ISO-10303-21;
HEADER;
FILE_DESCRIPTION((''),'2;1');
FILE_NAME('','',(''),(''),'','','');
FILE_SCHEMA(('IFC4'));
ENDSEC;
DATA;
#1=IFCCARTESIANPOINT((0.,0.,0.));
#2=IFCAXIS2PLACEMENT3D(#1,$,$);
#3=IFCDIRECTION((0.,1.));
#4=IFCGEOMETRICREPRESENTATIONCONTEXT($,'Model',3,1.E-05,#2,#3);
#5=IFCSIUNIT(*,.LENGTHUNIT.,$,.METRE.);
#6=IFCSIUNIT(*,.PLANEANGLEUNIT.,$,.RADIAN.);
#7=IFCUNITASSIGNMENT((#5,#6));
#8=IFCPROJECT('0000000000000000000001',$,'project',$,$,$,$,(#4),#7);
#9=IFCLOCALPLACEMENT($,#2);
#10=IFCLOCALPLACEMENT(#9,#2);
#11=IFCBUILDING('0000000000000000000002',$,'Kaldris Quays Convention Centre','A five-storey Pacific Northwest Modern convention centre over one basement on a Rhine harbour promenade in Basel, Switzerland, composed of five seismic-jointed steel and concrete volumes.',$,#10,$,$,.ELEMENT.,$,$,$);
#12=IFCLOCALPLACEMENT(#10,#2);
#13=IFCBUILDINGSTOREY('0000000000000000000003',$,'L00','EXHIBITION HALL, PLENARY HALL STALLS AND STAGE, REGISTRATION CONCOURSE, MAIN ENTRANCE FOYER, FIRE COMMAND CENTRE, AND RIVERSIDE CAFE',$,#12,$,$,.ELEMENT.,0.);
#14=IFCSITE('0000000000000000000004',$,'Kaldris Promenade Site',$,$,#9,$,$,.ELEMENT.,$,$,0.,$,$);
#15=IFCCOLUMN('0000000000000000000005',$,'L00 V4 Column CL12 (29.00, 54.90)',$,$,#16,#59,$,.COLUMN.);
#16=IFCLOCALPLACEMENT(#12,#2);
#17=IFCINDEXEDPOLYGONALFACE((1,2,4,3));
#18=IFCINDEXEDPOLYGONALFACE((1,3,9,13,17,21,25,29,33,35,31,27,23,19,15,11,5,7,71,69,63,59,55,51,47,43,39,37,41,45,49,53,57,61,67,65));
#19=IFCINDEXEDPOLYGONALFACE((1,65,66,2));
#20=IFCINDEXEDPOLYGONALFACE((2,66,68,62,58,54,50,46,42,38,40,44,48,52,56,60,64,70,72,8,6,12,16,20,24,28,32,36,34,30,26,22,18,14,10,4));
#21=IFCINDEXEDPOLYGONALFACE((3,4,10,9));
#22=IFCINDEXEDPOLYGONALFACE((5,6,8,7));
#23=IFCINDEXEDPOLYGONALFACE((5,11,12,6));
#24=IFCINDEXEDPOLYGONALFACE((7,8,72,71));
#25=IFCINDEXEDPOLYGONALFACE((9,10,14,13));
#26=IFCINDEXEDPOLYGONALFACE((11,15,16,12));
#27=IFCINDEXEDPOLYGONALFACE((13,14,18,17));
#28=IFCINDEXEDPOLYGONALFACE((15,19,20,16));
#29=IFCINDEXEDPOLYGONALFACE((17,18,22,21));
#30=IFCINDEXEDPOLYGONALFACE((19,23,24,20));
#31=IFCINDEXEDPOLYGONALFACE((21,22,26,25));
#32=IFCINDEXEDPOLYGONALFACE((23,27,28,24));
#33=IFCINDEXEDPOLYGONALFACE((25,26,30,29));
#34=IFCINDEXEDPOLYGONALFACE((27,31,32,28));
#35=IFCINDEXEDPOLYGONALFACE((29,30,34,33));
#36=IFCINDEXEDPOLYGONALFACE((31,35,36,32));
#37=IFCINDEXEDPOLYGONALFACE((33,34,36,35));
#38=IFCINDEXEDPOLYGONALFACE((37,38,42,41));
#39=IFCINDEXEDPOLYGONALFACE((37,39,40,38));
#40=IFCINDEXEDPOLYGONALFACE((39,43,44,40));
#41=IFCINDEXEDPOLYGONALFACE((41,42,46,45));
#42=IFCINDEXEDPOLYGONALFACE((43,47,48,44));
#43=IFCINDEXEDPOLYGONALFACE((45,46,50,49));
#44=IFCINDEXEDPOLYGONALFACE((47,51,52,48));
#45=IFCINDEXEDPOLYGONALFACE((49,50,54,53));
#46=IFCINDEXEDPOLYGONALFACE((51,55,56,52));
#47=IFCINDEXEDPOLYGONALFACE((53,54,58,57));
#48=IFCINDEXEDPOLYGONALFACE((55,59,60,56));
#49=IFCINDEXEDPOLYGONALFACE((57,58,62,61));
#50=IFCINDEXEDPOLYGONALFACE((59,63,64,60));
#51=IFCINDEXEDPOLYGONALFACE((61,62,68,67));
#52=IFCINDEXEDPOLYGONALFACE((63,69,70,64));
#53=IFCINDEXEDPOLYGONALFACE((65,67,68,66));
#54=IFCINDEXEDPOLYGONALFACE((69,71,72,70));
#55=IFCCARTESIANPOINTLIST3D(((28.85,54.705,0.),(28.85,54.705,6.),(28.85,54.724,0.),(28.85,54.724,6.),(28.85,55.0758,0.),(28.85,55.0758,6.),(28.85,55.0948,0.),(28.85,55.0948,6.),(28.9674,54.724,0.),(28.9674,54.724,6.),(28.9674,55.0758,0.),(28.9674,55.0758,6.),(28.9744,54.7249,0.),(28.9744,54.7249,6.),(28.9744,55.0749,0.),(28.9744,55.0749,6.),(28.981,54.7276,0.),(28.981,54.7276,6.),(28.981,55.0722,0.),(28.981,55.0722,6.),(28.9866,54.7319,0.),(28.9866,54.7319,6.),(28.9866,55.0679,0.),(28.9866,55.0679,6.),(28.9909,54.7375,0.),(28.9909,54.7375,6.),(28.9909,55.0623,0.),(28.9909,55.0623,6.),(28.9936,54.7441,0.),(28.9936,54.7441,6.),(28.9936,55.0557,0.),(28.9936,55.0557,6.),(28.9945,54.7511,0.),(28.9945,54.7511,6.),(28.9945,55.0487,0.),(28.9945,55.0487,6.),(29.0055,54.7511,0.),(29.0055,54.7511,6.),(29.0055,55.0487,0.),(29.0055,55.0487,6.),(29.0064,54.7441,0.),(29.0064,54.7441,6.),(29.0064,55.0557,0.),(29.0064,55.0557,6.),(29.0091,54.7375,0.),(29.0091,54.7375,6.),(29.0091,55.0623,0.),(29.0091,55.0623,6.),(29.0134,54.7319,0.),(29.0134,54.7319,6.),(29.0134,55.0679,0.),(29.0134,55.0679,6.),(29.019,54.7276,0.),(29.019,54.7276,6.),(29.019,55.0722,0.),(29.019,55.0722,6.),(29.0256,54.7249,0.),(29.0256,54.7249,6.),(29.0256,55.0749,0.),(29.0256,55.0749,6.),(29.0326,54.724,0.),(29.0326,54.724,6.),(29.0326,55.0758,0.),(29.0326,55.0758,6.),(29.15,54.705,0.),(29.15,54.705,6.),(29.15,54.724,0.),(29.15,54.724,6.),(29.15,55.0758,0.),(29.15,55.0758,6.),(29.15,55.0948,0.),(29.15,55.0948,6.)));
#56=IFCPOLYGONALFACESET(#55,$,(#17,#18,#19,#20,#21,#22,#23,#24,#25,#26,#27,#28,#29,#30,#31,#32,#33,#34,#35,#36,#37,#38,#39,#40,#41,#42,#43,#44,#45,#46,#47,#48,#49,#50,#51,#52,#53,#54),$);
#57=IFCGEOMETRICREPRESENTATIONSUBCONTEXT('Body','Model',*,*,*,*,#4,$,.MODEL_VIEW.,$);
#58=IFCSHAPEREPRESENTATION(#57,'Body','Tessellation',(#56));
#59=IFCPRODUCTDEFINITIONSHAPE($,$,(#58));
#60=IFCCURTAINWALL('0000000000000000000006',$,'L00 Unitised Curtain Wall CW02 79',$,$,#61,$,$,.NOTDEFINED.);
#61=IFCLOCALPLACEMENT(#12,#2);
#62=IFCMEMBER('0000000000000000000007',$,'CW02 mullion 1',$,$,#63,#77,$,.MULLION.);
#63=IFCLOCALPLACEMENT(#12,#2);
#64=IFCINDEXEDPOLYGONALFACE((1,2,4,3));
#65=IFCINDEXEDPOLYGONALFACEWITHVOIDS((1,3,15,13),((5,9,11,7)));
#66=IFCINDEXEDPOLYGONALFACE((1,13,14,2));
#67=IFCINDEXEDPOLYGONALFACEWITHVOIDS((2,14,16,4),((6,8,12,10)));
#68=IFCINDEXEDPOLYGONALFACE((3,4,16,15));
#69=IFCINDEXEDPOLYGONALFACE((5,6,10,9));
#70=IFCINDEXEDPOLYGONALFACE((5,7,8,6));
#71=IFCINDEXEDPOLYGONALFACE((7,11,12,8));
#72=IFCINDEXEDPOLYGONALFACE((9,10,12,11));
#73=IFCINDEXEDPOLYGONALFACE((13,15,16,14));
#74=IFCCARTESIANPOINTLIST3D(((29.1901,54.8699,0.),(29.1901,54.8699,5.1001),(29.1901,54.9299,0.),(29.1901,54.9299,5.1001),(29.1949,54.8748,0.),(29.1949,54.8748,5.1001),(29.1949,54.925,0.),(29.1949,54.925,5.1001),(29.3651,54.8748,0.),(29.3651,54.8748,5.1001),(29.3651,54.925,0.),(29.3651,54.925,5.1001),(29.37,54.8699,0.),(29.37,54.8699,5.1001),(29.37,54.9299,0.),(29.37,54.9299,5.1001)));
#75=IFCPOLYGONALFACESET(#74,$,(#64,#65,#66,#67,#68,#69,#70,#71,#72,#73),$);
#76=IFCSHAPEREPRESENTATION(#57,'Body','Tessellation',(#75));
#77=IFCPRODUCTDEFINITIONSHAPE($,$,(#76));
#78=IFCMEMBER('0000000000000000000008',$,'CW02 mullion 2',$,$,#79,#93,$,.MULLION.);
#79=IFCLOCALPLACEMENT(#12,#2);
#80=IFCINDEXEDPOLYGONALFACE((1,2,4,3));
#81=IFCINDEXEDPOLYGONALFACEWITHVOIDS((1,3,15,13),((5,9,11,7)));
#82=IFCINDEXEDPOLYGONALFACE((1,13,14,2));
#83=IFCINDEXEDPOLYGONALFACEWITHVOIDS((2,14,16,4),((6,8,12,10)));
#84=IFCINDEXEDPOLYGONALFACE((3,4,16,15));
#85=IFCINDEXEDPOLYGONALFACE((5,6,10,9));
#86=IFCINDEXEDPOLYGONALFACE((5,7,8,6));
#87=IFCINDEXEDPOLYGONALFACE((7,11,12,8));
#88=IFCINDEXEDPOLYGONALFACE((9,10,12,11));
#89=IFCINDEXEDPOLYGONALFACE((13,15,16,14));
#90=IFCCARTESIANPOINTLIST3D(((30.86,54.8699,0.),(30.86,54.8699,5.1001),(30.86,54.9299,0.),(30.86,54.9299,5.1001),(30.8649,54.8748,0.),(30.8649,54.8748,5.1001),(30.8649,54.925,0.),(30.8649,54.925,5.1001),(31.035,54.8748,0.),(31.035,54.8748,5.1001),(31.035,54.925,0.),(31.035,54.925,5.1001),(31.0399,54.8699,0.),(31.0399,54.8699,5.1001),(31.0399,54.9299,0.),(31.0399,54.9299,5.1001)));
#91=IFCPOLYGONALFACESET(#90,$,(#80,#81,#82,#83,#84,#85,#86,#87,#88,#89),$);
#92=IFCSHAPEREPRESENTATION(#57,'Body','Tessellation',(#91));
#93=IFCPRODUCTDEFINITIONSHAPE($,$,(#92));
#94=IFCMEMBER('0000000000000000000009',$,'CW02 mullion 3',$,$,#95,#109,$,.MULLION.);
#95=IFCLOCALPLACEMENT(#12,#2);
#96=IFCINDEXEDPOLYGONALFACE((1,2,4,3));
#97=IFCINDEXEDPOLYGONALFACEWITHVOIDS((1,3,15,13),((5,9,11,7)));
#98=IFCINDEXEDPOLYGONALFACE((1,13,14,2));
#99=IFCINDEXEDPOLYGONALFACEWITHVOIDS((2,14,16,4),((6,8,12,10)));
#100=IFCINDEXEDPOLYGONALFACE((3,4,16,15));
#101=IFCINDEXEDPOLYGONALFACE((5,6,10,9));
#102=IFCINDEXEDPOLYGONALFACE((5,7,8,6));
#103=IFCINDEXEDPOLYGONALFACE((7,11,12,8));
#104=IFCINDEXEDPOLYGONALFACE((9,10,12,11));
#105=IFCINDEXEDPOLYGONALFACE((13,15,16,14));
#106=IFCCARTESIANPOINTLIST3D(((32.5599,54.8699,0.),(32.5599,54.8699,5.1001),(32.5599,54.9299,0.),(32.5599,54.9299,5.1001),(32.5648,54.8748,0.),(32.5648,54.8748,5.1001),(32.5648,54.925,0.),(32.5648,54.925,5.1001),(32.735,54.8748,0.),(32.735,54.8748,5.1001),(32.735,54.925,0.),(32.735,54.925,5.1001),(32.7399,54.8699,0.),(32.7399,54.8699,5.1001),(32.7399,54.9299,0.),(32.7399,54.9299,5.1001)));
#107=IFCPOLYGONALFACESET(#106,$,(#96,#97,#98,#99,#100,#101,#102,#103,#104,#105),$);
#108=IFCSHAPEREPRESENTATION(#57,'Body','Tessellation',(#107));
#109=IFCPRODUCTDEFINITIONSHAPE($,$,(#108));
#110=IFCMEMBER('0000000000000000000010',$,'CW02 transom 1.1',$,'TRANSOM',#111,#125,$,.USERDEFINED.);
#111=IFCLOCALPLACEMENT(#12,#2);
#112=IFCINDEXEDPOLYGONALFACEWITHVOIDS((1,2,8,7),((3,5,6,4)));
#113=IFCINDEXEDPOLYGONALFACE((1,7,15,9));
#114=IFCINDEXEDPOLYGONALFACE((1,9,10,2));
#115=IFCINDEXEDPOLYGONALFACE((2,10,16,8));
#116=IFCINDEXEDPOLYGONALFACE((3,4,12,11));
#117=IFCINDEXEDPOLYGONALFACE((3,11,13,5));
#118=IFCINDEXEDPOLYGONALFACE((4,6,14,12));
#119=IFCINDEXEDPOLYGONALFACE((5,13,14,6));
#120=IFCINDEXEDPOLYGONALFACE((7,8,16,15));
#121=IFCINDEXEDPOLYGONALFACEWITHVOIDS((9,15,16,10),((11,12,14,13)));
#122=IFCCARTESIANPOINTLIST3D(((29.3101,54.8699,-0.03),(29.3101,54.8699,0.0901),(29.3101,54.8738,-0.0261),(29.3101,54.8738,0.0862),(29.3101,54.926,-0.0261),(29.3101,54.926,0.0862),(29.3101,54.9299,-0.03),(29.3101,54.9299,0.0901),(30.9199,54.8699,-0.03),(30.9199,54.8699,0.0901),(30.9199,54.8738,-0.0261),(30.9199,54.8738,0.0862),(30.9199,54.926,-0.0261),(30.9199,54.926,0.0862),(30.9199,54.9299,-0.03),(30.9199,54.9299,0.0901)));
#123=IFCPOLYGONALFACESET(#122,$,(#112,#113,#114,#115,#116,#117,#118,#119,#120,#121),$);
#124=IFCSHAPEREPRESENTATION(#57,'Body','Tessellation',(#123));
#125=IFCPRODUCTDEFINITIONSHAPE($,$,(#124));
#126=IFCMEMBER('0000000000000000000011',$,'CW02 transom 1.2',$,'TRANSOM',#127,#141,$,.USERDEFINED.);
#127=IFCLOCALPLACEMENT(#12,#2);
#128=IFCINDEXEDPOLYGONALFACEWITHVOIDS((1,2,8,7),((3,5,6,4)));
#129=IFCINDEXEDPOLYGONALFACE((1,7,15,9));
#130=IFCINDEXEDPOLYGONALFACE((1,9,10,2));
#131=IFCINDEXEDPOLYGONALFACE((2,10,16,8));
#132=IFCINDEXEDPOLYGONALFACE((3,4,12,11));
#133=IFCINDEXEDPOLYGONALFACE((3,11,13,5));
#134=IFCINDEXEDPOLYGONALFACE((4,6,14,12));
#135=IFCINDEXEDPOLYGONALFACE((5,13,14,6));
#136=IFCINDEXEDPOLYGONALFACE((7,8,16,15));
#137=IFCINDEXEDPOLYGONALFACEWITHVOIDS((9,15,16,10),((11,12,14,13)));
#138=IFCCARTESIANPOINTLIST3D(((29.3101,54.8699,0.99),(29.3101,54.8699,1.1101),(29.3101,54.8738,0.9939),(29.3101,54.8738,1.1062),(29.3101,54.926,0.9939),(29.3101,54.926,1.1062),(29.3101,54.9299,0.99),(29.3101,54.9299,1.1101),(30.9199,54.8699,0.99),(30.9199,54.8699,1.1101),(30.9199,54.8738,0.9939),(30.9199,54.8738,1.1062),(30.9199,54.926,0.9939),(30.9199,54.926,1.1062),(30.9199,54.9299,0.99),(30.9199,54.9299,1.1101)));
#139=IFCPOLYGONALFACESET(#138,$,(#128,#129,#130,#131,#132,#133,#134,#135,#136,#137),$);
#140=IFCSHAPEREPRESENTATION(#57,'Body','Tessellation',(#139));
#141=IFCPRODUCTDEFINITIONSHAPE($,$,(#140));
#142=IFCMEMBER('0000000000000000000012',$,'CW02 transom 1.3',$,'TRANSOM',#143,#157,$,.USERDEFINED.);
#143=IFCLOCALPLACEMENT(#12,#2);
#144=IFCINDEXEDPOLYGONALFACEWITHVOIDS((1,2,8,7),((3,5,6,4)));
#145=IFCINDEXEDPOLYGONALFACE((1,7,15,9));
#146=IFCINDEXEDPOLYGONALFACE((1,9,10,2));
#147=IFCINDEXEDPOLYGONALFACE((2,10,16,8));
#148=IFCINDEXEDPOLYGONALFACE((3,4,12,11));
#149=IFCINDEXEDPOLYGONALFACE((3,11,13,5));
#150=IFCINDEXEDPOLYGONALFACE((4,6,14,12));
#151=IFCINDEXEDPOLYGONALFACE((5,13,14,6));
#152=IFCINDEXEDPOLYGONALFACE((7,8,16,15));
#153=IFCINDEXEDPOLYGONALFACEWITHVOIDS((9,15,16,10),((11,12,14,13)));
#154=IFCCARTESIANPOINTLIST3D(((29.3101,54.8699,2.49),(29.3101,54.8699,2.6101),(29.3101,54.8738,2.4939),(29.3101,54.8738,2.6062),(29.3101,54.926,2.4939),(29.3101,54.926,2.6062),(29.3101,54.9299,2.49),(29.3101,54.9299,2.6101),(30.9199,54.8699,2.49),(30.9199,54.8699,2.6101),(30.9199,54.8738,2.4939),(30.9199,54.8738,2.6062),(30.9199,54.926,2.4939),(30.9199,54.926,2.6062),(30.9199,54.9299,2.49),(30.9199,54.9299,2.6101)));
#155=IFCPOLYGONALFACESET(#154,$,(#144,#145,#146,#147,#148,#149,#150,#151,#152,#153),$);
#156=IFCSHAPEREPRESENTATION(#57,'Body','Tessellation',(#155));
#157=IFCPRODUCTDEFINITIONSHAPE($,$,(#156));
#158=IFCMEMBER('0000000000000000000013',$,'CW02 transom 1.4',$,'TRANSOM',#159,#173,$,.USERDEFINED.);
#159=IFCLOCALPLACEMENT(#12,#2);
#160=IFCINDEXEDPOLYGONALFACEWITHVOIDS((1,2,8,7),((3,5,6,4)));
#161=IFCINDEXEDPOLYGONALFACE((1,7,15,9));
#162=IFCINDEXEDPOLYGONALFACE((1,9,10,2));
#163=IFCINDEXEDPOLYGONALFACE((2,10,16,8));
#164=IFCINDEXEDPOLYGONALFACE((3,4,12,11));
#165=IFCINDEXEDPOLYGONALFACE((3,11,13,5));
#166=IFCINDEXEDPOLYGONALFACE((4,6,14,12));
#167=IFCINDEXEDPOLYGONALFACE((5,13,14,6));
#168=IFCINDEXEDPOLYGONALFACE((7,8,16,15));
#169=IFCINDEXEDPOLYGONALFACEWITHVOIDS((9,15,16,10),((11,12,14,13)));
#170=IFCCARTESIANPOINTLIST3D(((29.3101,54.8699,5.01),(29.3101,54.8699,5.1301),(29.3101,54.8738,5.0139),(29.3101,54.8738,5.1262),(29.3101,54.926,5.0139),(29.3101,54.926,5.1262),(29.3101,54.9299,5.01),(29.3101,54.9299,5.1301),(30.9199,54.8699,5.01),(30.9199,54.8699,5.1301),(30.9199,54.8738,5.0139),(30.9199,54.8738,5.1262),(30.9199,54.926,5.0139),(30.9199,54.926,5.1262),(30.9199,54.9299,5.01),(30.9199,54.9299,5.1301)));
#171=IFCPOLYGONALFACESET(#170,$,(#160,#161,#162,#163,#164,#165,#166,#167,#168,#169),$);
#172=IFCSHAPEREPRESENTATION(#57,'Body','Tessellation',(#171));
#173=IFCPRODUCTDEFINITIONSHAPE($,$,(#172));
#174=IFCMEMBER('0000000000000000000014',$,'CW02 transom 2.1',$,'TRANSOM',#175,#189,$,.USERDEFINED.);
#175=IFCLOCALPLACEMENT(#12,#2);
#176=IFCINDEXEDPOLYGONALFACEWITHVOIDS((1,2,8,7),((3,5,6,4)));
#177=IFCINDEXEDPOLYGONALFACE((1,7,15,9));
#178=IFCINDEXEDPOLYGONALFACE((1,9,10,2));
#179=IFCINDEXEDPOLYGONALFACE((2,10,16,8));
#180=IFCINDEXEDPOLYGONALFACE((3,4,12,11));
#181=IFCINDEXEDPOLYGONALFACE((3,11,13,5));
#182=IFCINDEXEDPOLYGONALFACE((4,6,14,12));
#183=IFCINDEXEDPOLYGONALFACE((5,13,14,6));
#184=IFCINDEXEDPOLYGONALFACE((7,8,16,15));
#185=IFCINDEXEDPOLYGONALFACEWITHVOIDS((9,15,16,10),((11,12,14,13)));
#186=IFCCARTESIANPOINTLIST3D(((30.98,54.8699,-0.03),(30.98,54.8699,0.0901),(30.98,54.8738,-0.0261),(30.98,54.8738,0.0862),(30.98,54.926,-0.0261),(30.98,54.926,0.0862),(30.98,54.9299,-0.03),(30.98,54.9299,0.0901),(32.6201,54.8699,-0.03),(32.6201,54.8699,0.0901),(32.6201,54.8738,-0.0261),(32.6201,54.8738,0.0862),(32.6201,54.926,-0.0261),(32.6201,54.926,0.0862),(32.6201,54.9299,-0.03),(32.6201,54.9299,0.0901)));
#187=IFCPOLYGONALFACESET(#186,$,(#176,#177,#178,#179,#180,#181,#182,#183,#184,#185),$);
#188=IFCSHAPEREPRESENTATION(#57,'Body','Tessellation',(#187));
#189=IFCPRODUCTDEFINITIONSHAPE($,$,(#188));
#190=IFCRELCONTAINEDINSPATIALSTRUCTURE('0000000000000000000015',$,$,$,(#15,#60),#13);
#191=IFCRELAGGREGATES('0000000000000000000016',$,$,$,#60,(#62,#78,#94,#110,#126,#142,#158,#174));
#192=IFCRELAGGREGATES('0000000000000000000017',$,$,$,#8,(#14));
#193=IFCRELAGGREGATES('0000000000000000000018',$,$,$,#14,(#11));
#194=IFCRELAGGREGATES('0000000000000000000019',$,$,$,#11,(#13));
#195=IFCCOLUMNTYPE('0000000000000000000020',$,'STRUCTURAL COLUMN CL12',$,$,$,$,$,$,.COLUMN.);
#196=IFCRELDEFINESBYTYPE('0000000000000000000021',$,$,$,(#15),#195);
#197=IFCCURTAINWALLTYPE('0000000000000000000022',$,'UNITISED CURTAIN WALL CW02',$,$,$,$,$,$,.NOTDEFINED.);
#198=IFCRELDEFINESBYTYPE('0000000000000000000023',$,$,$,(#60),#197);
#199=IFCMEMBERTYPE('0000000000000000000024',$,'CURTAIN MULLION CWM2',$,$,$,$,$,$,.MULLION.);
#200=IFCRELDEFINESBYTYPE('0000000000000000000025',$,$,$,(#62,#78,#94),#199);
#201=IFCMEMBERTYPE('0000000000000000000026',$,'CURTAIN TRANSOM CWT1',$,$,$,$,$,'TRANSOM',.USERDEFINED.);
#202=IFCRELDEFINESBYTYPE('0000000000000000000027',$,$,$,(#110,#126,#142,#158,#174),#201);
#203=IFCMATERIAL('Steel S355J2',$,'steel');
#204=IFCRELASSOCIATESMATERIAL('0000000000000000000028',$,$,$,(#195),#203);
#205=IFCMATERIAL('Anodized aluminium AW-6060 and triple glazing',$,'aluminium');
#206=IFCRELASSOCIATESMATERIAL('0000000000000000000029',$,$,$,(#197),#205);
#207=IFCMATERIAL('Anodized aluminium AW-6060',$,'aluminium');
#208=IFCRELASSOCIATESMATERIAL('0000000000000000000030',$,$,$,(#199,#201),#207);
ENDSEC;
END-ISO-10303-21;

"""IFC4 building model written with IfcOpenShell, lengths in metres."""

from ifc_helpers import new_model, si_unit, direction, frame, origin, origin_2d, place, context, subcontext, project, spatial, hollow_rectangle, i_section, extrude, material, material_profile, profile_set, type_object, element, aggregate, save


model = new_model("IFC4")

# Units and contexts
model_context = context("Model", 3, precision=1e-05, world=origin(), true_north=direction((0.0, 1.0)))
body_context = subcontext(model_context, "Body", "Model", "MODEL_VIEW")
ifc_project = project(units=[si_unit("LENGTHUNIT", "METRE"), si_unit("PLANEANGLEUNIT", "RADIAN")], contexts=[model_context])

# Site, building, storey
site_placement = place(None, origin())
site = spatial("IfcSite", under=ifc_project, at=site_placement, Name="Kaldris Promenade Site", CompositionType="ELEMENT", RefElevation=0.0)
building_placement = place(site_placement, origin())
building = spatial("IfcBuilding", under=site, at=building_placement, Name="Kaldris Quays Convention Centre", Description="A five-storey Pacific Northwest Modern convention centre over one basement on a Rhine harbour promenade in Basel, Switzerland, composed of five seismic-jointed steel and concrete volumes.", CompositionType="ELEMENT")
storey_placement = place(building_placement, origin())
storey = spatial("IfcBuildingStorey", under=building, at=storey_placement, Name="L00", Description="EXHIBITION HALL, PLENARY HALL STALLS AND STAGE, REGISTRATION CONCOURSE, MAIN ENTRANCE FOYER, FIRE COMMAND CENTRE, AND RIVERSIDE CAFE", CompositionType="ELEMENT", Elevation=0.0)

# Column
ifc_material_1 = material(Name="Steel S355J2", Category="steel")
ifc_material_profile_1 = material_profile(ifc_material_1, i_section(OverallWidth=0.3, OverallDepth=0.3899, WebThickness=0.011, FlangeThickness=0.019, FilletRadius=0.0271, at=origin_2d()), Name="HEA 400")
ifc_profile_set_1 = profile_set([ifc_material_profile_1], Name="Steel S355J2")
column_type = type_object("IfcColumnType", Name="STRUCTURAL COLUMN CL12", PredefinedType="COLUMN", material=ifc_profile_set_1)
column_placement = place(storey_placement, frame((29.0, 54.8999, 0.0), z_axis=(0.0, 0.0, 1.0), x_axis=(1.0, 0.0, 0.0)))
element("IfcColumn", 1, at=column_placement, inside=storey, type_object=column_type, Name="L00 V4 Column CL12 (29.00, 54.90)", PredefinedType="COLUMN", context=body_context, shape_type="SweptSolid", body=[
    extrude(i_section(OverallWidth=0.3, OverallDepth=0.3899, WebThickness=0.011, FlangeThickness=0.019, FilletRadius=0.0271, at=origin_2d()), origin(), (0.0, 0.0, 1.0), 6.0),
])

# Curtain wall, members
ifc_material_2 = material(Name="Anodized aluminium AW-6060 and triple glazing", Category="aluminium")
curtain_wall_type = type_object("IfcCurtainWallType", Name="UNITISED CURTAIN WALL CW02", PredefinedType="NOTDEFINED", material=ifc_material_2)
curtain_wall_placement = place(storey_placement, origin())
curtain_wall = element("IfcCurtainWall", 2, at=curtain_wall_placement, inside=storey, type_object=curtain_wall_type, Name="L00 Unitised Curtain Wall CW02 79", PredefinedType="NOTDEFINED")
ifc_material_3 = material(Name="Anodized aluminium AW-6060", Category="aluminium")
ifc_material_profile_2 = material_profile(ifc_material_3, hollow_rectangle(XDim=0.0601, YDim=0.1799, WallThickness=0.0049, at=origin_2d()), Name="RHS 180x60x5")
ifc_profile_set_2 = profile_set([ifc_material_profile_2], Name="Anodized aluminium AW-6060")
member_type_1 = type_object("IfcMemberType", Name="CURTAIN MULLION CWM2", PredefinedType="MULLION", material=ifc_profile_set_2)
member_1_placement = place(storey_placement, frame((29.28, 54.8999, 0.0), z_axis=(0.0, 0.0, 1.0), x_axis=(0.0, 1.0, 0.0)))
member_1 = element("IfcMember", 3, at=member_1_placement, type_object=member_type_1, Name="CW02 mullion 1", PredefinedType="MULLION", context=body_context, shape_type="SweptSolid", body=[
    extrude(hollow_rectangle(XDim=0.0601, YDim=0.1799, WallThickness=0.0049, at=origin_2d()), origin(), (0.0, 0.0, 1.0), 5.1001),
])
member_2_placement = place(storey_placement, frame((30.95, 54.8999, 0.0), z_axis=(0.0, 0.0, 1.0), x_axis=(0.0, 1.0, 0.0)))
member_2 = element("IfcMember", 4, at=member_2_placement, type_object=member_type_1, Name="CW02 mullion 2", PredefinedType="MULLION", context=body_context, shape_type="SweptSolid", body=[
    extrude(hollow_rectangle(XDim=0.0601, YDim=0.1799, WallThickness=0.0049, at=origin_2d()), origin(), (0.0, 0.0, 1.0), 5.1001),
])
member_3_placement = place(storey_placement, frame((32.6499, 54.8999, 0.0), z_axis=(0.0, 0.0, 1.0), x_axis=(0.0, 1.0, 0.0)))
member_3 = element("IfcMember", 5, at=member_3_placement, type_object=member_type_1, Name="CW02 mullion 3", PredefinedType="MULLION", context=body_context, shape_type="SweptSolid", body=[
    extrude(hollow_rectangle(XDim=0.0601, YDim=0.1799, WallThickness=0.0049, at=origin_2d()), origin(), (0.0, 0.0, 1.0), 5.1001),
])
ifc_material_profile_3 = material_profile(ifc_material_3, hollow_rectangle(XDim=0.0601, YDim=0.1201, WallThickness=0.0039, at=origin_2d()), Name="RHS 120x60x4")
ifc_profile_set_3 = profile_set([ifc_material_profile_3], Name="Anodized aluminium AW-6060")
member_type_2 = type_object("IfcMemberType", Name="CURTAIN TRANSOM CWT1", ElementType="TRANSOM", PredefinedType="USERDEFINED", material=ifc_profile_set_3)
member_4_placement = place(storey_placement, frame((29.3101, 54.8999, 0.03), z_axis=(1.0, 0.0, 0.0), x_axis=(0.0, 1.0, 0.0)))
member_4 = element("IfcMember", 6, at=member_4_placement, type_object=member_type_2, Name="CW02 transom 1.1", ObjectType="TRANSOM", PredefinedType="USERDEFINED", context=body_context, shape_type="SweptSolid", body=[
    extrude(hollow_rectangle(XDim=0.0601, YDim=0.1201, WallThickness=0.0039, at=origin_2d()), origin(), (0.0, 0.0, 1.0), 1.6099),
])
member_5_placement = place(storey_placement, frame((29.3101, 54.8999, 1.05), z_axis=(1.0, 0.0, 0.0), x_axis=(0.0, 1.0, 0.0)))
member_5 = element("IfcMember", 7, at=member_5_placement, type_object=member_type_2, Name="CW02 transom 1.2", ObjectType="TRANSOM", PredefinedType="USERDEFINED", context=body_context, shape_type="SweptSolid", body=[
    extrude(hollow_rectangle(XDim=0.0601, YDim=0.1201, WallThickness=0.0039, at=origin_2d()), origin(), (0.0, 0.0, 1.0), 1.6099),
])
member_6_placement = place(storey_placement, frame((29.3101, 54.8999, 2.55), z_axis=(1.0, 0.0, 0.0), x_axis=(0.0, 1.0, 0.0)))
member_6 = element("IfcMember", 8, at=member_6_placement, type_object=member_type_2, Name="CW02 transom 1.3", ObjectType="TRANSOM", PredefinedType="USERDEFINED", context=body_context, shape_type="SweptSolid", body=[
    extrude(hollow_rectangle(XDim=0.0601, YDim=0.1201, WallThickness=0.0039, at=origin_2d()), origin(), (0.0, 0.0, 1.0), 1.6099),
])
member_7_placement = place(storey_placement, frame((29.3101, 54.8999, 5.0701), z_axis=(1.0, 0.0, 0.0), x_axis=(0.0, 1.0, 0.0)))
member_7 = element("IfcMember", 9, at=member_7_placement, type_object=member_type_2, Name="CW02 transom 1.4", ObjectType="TRANSOM", PredefinedType="USERDEFINED", context=body_context, shape_type="SweptSolid", body=[
    extrude(hollow_rectangle(XDim=0.0601, YDim=0.1201, WallThickness=0.0039, at=origin_2d()), origin(), (0.0, 0.0, 1.0), 1.6099),
])
member_8_placement = place(storey_placement, frame((30.98, 54.8999, 0.03), z_axis=(1.0, 0.0, 0.0), x_axis=(0.0, 1.0, 0.0)))
member_8 = element("IfcMember", 10, at=member_8_placement, type_object=member_type_2, Name="CW02 transom 2.1", ObjectType="TRANSOM", PredefinedType="USERDEFINED", context=body_context, shape_type="SweptSolid", body=[
    extrude(hollow_rectangle(XDim=0.0601, YDim=0.1201, WallThickness=0.0039, at=origin_2d()), origin(), (0.0, 0.0, 1.0), 1.6401),
])

aggregate(curtain_wall, [member_1, member_2, member_3, member_4, member_5, member_6, member_7, member_8])

save(model, "model.ifc")
